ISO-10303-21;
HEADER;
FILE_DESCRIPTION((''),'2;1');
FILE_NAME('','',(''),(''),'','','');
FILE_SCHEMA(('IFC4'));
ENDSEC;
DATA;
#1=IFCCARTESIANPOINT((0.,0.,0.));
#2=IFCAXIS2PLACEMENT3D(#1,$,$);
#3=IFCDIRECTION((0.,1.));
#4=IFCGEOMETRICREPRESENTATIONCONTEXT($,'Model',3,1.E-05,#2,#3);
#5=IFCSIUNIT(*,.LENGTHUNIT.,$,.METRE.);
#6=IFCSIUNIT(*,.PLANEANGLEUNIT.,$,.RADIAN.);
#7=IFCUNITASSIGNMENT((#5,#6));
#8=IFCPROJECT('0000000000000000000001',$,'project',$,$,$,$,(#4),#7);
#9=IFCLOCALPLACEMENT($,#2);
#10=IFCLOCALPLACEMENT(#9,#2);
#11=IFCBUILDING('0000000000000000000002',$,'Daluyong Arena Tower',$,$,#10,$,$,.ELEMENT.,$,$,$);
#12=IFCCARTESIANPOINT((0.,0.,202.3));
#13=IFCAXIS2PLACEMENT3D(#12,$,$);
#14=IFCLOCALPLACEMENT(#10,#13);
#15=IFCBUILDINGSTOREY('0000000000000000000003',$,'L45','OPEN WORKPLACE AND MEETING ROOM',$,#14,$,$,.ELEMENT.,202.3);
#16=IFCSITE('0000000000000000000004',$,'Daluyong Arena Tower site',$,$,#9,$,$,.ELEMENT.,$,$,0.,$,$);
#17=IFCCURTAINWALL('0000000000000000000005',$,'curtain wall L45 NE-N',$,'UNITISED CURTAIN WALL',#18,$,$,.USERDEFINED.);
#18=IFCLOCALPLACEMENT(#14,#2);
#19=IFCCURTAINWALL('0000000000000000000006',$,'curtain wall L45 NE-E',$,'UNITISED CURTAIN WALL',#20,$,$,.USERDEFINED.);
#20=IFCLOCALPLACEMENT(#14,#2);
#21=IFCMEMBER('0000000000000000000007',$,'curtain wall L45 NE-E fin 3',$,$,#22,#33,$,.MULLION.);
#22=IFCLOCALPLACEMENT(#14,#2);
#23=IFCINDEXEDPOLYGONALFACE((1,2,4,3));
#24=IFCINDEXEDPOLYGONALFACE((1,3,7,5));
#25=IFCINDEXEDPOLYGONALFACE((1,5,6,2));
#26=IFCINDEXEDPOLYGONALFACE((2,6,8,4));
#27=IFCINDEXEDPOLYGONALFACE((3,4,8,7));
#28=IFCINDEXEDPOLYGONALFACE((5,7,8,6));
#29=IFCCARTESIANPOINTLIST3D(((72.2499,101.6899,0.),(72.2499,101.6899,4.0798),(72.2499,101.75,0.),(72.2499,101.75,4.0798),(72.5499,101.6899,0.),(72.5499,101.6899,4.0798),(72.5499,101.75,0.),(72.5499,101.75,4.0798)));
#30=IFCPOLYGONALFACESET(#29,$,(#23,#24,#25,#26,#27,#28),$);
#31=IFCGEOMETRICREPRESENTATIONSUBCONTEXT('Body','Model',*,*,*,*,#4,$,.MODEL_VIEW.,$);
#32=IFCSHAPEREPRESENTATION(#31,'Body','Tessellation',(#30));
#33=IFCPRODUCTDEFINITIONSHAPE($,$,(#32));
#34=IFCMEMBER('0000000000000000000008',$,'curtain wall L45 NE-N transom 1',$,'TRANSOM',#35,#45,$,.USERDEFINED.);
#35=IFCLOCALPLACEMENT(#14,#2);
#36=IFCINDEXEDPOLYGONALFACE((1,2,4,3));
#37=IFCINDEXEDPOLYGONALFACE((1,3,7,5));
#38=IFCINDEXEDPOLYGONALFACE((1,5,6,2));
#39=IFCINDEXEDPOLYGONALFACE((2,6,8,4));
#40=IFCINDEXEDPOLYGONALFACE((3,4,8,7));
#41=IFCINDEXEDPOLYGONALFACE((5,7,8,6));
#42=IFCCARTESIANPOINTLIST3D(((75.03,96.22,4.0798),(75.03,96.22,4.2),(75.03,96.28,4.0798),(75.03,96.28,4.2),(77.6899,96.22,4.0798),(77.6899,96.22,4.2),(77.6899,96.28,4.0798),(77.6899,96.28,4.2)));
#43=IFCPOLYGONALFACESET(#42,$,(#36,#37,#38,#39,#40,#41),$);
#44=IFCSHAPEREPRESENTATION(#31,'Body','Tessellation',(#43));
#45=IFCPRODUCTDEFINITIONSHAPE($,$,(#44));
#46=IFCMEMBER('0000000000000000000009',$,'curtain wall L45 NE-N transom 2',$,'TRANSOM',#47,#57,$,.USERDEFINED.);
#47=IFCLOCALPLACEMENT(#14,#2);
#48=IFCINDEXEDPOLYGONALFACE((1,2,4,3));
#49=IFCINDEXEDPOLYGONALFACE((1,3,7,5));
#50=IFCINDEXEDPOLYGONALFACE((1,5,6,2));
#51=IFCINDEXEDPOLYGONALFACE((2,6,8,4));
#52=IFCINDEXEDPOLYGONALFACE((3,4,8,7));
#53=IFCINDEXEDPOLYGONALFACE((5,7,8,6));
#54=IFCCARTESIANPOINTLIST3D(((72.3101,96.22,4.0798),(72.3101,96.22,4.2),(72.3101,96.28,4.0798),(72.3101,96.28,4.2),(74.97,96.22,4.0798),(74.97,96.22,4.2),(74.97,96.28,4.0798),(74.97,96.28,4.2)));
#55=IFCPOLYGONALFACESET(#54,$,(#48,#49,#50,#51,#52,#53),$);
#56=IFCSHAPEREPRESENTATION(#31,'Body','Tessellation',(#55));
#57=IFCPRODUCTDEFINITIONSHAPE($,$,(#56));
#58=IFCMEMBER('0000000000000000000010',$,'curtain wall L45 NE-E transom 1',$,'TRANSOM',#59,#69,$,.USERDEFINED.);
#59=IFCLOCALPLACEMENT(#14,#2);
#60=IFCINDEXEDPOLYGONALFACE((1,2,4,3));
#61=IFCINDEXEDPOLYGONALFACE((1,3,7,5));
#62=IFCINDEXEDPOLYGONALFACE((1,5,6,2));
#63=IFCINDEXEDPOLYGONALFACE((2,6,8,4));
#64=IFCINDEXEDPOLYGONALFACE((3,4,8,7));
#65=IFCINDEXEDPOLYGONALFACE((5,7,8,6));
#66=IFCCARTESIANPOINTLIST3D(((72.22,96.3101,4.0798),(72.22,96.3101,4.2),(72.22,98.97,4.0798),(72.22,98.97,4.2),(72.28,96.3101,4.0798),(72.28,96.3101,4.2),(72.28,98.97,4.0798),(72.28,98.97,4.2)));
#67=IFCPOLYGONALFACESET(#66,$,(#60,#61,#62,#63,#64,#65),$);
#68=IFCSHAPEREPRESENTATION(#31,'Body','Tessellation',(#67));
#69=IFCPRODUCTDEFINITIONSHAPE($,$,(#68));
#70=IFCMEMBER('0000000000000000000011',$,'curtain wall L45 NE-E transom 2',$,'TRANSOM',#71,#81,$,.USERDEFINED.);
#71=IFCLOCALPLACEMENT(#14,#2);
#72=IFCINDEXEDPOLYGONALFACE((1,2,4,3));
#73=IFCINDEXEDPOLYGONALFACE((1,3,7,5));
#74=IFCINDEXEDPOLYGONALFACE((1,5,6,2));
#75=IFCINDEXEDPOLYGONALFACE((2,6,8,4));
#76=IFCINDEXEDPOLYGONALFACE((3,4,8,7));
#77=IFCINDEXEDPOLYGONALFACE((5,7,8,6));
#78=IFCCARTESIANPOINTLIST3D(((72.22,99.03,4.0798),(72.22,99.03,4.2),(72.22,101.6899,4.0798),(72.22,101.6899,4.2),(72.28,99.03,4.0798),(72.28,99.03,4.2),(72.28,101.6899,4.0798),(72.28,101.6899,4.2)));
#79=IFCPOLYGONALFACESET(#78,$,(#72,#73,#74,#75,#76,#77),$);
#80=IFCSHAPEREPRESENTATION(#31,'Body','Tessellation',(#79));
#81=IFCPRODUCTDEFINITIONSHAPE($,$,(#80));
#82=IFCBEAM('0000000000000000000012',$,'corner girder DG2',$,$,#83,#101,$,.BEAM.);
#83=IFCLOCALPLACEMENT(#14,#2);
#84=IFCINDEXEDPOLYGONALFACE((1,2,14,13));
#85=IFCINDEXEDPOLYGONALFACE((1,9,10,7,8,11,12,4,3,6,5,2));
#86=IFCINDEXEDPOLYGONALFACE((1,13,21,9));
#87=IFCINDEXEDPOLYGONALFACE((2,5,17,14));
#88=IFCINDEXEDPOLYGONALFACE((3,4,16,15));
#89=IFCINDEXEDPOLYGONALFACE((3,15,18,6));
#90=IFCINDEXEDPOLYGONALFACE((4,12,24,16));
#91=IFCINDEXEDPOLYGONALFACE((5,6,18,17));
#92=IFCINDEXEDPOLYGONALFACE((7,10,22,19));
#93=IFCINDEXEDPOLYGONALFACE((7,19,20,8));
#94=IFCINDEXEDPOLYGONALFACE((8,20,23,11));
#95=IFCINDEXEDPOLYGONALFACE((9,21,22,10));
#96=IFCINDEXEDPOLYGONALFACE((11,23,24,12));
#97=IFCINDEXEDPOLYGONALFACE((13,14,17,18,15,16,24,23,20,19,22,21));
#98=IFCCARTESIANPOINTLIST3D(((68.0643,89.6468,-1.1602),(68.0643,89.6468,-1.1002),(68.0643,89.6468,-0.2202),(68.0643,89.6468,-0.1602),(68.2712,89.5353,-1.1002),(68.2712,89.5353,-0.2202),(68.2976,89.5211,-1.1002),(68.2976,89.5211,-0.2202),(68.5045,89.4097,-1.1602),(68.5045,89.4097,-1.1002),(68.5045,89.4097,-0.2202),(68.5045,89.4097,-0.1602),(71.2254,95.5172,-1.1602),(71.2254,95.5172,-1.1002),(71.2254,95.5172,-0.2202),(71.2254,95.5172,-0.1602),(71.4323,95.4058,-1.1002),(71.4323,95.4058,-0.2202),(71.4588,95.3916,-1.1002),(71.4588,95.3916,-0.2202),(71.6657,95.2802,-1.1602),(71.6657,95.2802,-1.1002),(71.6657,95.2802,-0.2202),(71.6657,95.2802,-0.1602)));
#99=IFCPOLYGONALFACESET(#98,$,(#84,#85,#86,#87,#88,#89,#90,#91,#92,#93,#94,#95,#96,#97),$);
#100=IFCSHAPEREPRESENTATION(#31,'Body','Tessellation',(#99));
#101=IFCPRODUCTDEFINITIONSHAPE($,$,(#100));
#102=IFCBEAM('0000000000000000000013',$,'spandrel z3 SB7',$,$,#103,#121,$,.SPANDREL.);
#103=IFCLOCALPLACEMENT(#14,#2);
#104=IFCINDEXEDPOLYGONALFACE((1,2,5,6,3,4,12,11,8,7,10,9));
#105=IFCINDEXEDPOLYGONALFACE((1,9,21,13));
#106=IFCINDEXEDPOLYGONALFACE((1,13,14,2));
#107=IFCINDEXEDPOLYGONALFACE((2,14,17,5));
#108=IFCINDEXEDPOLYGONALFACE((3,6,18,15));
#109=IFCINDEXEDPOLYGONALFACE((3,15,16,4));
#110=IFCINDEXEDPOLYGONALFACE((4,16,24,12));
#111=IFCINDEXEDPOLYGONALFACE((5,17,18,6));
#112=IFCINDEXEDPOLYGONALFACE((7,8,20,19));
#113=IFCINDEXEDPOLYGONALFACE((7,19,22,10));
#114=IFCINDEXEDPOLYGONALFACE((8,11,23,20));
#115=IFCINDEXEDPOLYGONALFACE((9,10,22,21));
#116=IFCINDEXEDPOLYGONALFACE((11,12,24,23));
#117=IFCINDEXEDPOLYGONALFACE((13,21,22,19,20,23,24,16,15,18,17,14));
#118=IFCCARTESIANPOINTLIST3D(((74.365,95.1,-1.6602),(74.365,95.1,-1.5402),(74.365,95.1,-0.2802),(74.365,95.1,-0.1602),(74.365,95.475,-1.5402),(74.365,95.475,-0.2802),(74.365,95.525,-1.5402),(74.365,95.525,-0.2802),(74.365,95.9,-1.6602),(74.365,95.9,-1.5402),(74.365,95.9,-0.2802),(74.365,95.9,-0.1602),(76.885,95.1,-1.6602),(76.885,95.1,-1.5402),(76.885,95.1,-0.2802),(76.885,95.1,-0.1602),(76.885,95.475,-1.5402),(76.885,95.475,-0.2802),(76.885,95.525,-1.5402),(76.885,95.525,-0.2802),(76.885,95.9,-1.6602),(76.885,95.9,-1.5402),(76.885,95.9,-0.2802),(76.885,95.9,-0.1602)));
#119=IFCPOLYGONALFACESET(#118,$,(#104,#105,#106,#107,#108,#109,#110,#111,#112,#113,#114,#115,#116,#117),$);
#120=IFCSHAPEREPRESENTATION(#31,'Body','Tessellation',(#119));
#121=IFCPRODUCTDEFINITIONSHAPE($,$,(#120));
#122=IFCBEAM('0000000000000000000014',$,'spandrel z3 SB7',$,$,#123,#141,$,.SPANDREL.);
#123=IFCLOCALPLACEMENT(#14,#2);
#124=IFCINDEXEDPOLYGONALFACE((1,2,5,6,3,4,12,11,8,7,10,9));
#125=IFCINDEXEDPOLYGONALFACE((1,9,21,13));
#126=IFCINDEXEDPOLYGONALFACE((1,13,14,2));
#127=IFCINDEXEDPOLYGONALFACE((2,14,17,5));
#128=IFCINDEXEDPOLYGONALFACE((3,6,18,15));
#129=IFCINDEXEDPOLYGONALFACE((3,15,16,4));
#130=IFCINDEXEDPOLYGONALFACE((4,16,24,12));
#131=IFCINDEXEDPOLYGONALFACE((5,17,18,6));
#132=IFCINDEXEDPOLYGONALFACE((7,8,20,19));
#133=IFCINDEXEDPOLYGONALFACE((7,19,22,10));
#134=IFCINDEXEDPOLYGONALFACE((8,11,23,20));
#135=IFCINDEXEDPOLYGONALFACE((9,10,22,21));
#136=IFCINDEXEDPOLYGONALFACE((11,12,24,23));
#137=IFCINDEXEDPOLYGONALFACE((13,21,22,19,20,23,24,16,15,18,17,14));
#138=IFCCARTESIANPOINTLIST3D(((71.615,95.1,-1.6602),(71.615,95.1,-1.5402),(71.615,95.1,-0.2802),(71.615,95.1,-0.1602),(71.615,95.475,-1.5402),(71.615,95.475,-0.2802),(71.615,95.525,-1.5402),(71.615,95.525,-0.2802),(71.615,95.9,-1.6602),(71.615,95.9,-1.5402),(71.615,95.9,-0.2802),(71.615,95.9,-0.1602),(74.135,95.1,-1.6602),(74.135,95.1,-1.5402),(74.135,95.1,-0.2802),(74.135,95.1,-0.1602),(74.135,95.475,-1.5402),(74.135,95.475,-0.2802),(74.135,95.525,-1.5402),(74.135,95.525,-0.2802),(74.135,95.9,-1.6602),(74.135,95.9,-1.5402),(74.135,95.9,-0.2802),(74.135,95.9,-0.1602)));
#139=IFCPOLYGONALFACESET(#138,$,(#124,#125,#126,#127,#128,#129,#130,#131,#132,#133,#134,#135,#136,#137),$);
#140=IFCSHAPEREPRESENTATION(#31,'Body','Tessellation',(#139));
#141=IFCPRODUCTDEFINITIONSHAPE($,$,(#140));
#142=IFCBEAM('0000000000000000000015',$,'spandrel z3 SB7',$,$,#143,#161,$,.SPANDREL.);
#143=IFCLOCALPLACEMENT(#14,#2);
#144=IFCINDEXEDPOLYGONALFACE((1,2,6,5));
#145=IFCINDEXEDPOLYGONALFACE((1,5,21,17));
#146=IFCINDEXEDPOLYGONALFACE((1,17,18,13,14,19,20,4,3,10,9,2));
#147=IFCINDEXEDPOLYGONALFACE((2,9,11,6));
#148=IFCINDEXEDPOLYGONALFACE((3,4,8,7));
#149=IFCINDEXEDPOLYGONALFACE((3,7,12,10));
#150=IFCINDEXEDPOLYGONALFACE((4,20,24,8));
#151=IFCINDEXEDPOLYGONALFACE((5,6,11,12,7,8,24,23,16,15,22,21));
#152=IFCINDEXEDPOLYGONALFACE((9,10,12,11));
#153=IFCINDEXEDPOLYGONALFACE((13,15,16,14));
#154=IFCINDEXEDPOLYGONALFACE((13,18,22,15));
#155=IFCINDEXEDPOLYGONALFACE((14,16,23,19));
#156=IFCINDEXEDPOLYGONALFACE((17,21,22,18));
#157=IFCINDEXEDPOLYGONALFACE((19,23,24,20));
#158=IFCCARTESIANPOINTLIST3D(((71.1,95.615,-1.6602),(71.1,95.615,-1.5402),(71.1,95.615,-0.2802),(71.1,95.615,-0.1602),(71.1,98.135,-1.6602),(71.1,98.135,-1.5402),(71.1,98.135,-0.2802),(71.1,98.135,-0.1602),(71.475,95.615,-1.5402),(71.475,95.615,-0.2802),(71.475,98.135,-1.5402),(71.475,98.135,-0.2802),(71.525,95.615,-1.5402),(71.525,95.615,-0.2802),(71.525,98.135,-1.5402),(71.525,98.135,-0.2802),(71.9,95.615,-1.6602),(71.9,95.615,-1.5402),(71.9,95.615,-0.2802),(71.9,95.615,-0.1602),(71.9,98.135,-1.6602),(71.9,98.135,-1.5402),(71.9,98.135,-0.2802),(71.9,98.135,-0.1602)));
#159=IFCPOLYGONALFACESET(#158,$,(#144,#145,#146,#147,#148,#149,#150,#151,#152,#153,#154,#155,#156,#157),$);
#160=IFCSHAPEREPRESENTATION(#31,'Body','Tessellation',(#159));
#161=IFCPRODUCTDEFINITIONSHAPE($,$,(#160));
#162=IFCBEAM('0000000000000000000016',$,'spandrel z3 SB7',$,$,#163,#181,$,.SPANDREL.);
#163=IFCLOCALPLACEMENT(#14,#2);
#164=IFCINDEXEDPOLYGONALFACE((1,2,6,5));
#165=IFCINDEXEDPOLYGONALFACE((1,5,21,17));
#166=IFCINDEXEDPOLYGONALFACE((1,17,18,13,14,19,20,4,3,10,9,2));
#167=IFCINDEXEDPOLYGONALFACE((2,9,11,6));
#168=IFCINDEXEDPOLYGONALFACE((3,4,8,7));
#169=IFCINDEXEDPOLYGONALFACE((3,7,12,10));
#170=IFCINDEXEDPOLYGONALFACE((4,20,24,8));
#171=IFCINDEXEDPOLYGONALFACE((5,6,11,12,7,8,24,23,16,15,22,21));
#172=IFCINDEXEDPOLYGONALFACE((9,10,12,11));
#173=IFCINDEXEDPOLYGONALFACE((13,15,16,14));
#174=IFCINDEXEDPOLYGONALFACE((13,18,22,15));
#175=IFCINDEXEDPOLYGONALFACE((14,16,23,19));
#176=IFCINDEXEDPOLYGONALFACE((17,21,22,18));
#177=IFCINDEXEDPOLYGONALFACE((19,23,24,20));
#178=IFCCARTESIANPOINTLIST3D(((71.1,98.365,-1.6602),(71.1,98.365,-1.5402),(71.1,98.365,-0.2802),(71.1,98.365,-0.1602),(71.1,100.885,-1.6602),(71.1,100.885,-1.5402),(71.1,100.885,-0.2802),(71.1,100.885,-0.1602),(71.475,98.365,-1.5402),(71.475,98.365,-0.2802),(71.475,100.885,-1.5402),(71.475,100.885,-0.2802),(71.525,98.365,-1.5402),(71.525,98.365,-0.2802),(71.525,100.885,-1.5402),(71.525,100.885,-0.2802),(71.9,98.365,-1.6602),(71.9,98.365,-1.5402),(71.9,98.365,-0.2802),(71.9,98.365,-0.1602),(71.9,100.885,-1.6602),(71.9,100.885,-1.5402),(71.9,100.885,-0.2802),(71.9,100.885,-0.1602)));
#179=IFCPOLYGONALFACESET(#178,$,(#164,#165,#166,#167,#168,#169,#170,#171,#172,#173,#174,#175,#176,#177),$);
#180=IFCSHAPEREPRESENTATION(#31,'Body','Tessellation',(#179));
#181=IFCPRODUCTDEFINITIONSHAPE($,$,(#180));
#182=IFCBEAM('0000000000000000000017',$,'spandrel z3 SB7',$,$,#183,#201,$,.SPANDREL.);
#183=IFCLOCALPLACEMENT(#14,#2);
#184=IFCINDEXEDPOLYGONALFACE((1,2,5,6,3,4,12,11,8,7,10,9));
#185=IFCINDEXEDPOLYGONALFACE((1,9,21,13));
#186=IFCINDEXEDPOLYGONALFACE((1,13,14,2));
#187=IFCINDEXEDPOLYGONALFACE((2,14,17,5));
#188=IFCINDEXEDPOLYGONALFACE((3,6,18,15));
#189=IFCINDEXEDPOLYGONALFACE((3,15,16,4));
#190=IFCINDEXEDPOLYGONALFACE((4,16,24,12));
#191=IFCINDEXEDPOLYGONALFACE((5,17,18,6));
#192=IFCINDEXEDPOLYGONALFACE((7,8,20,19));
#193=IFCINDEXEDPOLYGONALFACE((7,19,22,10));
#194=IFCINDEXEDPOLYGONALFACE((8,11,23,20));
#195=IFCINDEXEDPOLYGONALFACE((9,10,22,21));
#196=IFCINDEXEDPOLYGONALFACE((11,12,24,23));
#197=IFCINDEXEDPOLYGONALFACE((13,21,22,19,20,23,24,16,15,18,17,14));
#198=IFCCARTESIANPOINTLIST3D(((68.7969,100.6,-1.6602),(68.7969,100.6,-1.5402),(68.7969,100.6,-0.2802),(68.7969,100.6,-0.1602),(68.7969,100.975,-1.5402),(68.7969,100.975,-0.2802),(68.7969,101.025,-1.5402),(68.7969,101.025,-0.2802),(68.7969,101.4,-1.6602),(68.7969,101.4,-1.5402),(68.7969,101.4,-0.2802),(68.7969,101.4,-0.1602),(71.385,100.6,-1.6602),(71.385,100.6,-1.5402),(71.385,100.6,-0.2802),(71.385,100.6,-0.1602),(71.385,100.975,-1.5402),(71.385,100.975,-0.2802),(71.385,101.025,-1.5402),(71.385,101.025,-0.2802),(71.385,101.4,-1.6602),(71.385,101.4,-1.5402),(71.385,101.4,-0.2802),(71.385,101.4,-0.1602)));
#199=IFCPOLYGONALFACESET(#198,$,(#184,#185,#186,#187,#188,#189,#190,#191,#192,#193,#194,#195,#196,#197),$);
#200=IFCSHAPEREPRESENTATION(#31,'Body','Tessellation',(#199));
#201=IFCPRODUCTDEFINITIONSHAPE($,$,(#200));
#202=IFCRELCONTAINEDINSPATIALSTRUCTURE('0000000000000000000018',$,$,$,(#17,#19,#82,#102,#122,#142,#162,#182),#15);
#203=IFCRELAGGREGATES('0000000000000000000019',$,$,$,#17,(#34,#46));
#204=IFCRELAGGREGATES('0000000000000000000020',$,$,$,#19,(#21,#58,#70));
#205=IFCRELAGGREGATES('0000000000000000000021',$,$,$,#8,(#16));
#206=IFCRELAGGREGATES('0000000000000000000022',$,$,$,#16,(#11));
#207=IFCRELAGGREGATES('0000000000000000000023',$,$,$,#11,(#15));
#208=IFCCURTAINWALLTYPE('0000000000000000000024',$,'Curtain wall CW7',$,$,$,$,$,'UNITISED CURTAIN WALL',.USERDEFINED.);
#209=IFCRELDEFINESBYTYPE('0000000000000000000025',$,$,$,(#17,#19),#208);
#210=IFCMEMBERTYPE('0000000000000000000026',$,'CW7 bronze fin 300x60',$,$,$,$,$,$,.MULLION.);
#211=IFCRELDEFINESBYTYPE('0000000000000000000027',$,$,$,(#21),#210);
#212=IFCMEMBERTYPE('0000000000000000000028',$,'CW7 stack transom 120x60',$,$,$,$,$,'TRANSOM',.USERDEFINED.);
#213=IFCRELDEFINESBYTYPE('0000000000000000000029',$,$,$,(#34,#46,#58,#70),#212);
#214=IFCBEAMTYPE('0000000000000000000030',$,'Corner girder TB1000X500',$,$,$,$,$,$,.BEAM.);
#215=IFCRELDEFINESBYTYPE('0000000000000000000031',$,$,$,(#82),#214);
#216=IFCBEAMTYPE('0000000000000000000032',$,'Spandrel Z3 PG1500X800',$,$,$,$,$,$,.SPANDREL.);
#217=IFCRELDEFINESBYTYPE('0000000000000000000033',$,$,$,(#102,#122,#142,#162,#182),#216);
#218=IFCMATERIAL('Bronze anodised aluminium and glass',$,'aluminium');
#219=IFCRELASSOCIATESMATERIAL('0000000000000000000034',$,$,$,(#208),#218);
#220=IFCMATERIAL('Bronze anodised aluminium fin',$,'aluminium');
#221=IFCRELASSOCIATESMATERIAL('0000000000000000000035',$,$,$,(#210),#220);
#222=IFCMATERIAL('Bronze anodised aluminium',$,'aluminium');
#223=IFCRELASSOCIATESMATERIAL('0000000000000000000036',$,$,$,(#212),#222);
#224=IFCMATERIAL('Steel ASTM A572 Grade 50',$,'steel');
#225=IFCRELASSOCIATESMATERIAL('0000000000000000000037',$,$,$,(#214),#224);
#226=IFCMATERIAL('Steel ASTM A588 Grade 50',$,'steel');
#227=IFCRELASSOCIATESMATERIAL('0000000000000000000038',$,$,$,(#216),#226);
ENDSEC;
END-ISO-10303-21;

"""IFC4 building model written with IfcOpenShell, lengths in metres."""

from ifc_helpers import new_model, si_unit, direction, frame, origin, origin_2d, place, context, subcontext, project, spatial, rectangle, i_section, extrude, material, material_profile, profile_set, type_object, element, aggregate, save


model = new_model("IFC4")

# Units and contexts
model_context = context("Model", 3, precision=1e-05, world=origin(), true_north=direction((0.0, 1.0)))
body_context = subcontext(model_context, "Body", "Model", "MODEL_VIEW")
ifc_project = project(units=[si_unit("LENGTHUNIT", "METRE"), si_unit("PLANEANGLEUNIT", "RADIAN")], contexts=[model_context])

# Site, building, storey
site_placement = place(None, origin())
site = spatial("IfcSite", under=ifc_project, at=site_placement, Name="Daluyong Arena Tower site", CompositionType="ELEMENT", RefElevation=0.0)
building_placement = place(site_placement, origin())
building = spatial("IfcBuilding", under=site, at=building_placement, Name="Daluyong Arena Tower", CompositionType="ELEMENT")
storey_placement = place(building_placement, frame((0.0, 0.0, 202.3)))
storey = spatial("IfcBuildingStorey", under=building, at=storey_placement, Name="L45", Description="OPEN WORKPLACE AND MEETING ROOM", CompositionType="ELEMENT", Elevation=202.3)

# Curtain walls, member
ifc_material_1 = material(Name="Bronze anodised aluminium and glass", Category="aluminium")
curtain_wall_type_1 = type_object("IfcCurtainWallType", Name="Curtain wall CW7", ElementType="UNITISED CURTAIN WALL", PredefinedType="USERDEFINED", material=ifc_material_1)
curtain_wall_1_placement = place(storey_placement, origin())
curtain_wall_1 = element("IfcCurtainWall", 1, at=curtain_wall_1_placement, inside=storey, type_object=curtain_wall_type_1, Name="curtain wall L45 NE-N", ObjectType="UNITISED CURTAIN WALL", PredefinedType="USERDEFINED")
ifc_material_2 = material(Name="Bronze anodised aluminium fin", Category="aluminium")
ifc_material_profile_1 = material_profile(ifc_material_2, rectangle(XDim=0.3, YDim=0.0601, at=origin_2d()))
ifc_profile_set_1 = profile_set([ifc_material_profile_1], Name="Bronze anodised aluminium fin")
member_type_1 = type_object("IfcMemberType", Name="CW7 bronze fin 300x60", PredefinedType="MULLION", material=ifc_profile_set_1)
curtain_wall_2_placement = place(storey_placement, origin())
curtain_wall_2 = element("IfcCurtainWall", 2, at=curtain_wall_2_placement, inside=storey, type_object=curtain_wall_type_1, Name="curtain wall L45 NE-E", ObjectType="UNITISED CURTAIN WALL", PredefinedType="USERDEFINED")
member_1_placement = place(storey_placement, frame((72.3999, 101.72, 0.0), z_axis=(0.0, 0.0, 1.0), x_axis=(-1.0, 0.0, 0.0)))
member_1 = element("IfcMember", 3, at=member_1_placement, type_object=member_type_1, Name="curtain wall L45 NE-E fin 3", PredefinedType="MULLION", context=body_context, shape_type="SweptSolid", body=[
    extrude(rectangle(XDim=0.3, YDim=0.0601, at=origin_2d()), origin(), (0.0, 0.0, 1.0), 4.0798),
])

# Members
ifc_material_3 = material(Name="Bronze anodised aluminium", Category="aluminium")
ifc_material_profile_2 = material_profile(ifc_material_3, rectangle(XDim=0.0601, YDim=0.1201, at=origin_2d()))
ifc_profile_set_2 = profile_set([ifc_material_profile_2], Name="Bronze anodised aluminium")
member_type_2 = type_object("IfcMemberType", Name="CW7 stack transom 120x60", ElementType="TRANSOM", PredefinedType="USERDEFINED", material=ifc_profile_set_2)
member_2_placement = place(storey_placement, frame((77.6899, 96.25, 4.1399), z_axis=(-1.0, 0.0, 0.0), x_axis=(0.0, -1.0, 0.0)))
member_2 = element("IfcMember", 4, at=member_2_placement, type_object=member_type_2, Name="curtain wall L45 NE-N transom 1", ObjectType="TRANSOM", PredefinedType="USERDEFINED", context=body_context, shape_type="SweptSolid", body=[
    extrude(rectangle(XDim=0.0601, YDim=0.1201, at=origin_2d()), origin(), (0.0, 0.0, 1.0), 2.6599),
])
member_3_placement = place(storey_placement, frame((74.97, 96.25, 4.1399), z_axis=(-1.0, 0.0, 0.0), x_axis=(0.0, -1.0, 0.0)))
member_3 = element("IfcMember", 5, at=member_3_placement, type_object=member_type_2, Name="curtain wall L45 NE-N transom 2", ObjectType="TRANSOM", PredefinedType="USERDEFINED", context=body_context, shape_type="SweptSolid", body=[
    extrude(rectangle(XDim=0.0601, YDim=0.1201, at=origin_2d()), origin(), (0.0, 0.0, 1.0), 2.6599),
])
member_4_placement = place(storey_placement, frame((72.25, 96.3101, 4.1399), z_axis=(0.0, 1.0, 0.0), x_axis=(-1.0, 0.0, 0.0)))
member_4 = element("IfcMember", 6, at=member_4_placement, type_object=member_type_2, Name="curtain wall L45 NE-E transom 1", ObjectType="TRANSOM", PredefinedType="USERDEFINED", context=body_context, shape_type="SweptSolid", body=[
    extrude(rectangle(XDim=0.0601, YDim=0.1201, at=origin_2d()), origin(), (0.0, 0.0, 1.0), 2.6599),
])
member_5_placement = place(storey_placement, frame((72.25, 99.03, 4.1399), z_axis=(0.0, 1.0, 0.0), x_axis=(-1.0, 0.0, 0.0)))
member_5 = element("IfcMember", 7, at=member_5_placement, type_object=member_type_2, Name="curtain wall L45 NE-E transom 2", ObjectType="TRANSOM", PredefinedType="USERDEFINED", context=body_context, shape_type="SweptSolid", body=[
    extrude(rectangle(XDim=0.0601, YDim=0.1201, at=origin_2d()), origin(), (0.0, 0.0, 1.0), 2.6599),
])

# Beams
ifc_material_4 = material(Name="Steel ASTM A572 Grade 50", Category="steel")
ifc_material_profile_3 = material_profile(ifc_material_4, i_section(OverallWidth=0.5, OverallDepth=1.0, WebThickness=0.03, FlangeThickness=0.06, at=origin_2d()))
ifc_profile_set_3 = profile_set([ifc_material_profile_3], Name="Steel ASTM A572 Grade 50")
beam_type_1 = type_object("IfcBeamType", Name="Corner girder TB1000X500", PredefinedType="BEAM", material=ifc_profile_set_3)
beam_1_placement = place(storey_placement, frame((71.4456, 95.3987, -0.6602), z_axis=(-0.474119, -0.880461, 0.0), x_axis=(0.880461, -0.474119, 0.0)))
element("IfcBeam", 8, at=beam_1_placement, inside=storey, type_object=beam_type_1, Name="corner girder DG2", PredefinedType="BEAM", context=body_context, shape_type="SweptSolid", body=[
    extrude(i_section(OverallWidth=0.5, OverallDepth=1.0, WebThickness=0.03, FlangeThickness=0.06, at=origin_2d()), origin(), (0.0, 0.0, 1.0), 6.6675),
])
ifc_material_5 = material(Name="Steel ASTM A588 Grade 50", Category="steel")
ifc_material_profile_4 = material_profile(ifc_material_5, i_section(OverallWidth=0.8, OverallDepth=1.5, WebThickness=0.05, FlangeThickness=0.12, at=origin_2d()))
ifc_profile_set_4 = profile_set([ifc_material_profile_4], Name="Steel ASTM A588 Grade 50")
beam_type_2 = type_object("IfcBeamType", Name="Spandrel Z3 PG1500X800", PredefinedType="SPANDREL", material=ifc_profile_set_4)
for number, where, z_axis, x_axis, name in (
    (9, (76.885, 95.5, -0.9102), (-1.0, 0.0, 0.0), (0.0, -1.0, 0.0), "spandrel z3 SB7"),
    (10, (74.135, 95.5, -0.9102), (-1.0, 0.0, 0.0), (0.0, -1.0, 0.0), "spandrel z3 SB7"),
    (11, (71.5, 95.615, -0.9102), (0.0, 1.0, 0.0), (-1.0, 0.0, 0.0), "spandrel z3 SB7"),
    (12, (71.5, 98.365, -0.9102), (0.0, 1.0, 0.0), (-1.0, 0.0, 0.0), "spandrel z3 SB7"),
):
    element("IfcBeam", number, at=place(storey_placement, frame(where, z_axis=z_axis, x_axis=x_axis)), inside=storey, type_object=beam_type_2, Name=name, PredefinedType="SPANDREL", context=body_context, shape_type="SweptSolid", body=[
        extrude(i_section(OverallWidth=0.8, OverallDepth=1.5, WebThickness=0.05, FlangeThickness=0.12, at=origin_2d()), origin(), (0.0, 0.0, 1.0), 2.52),
    ])
beam_2_placement = place(storey_placement, frame((71.385, 101.0, -0.9102), z_axis=(-1.0, 0.0, 0.0), x_axis=(0.0, -1.0, 0.0)))
element("IfcBeam", 13, at=beam_2_placement, inside=storey, type_object=beam_type_2, Name="spandrel z3 SB7", PredefinedType="SPANDREL", context=body_context, shape_type="SweptSolid", body=[
    extrude(i_section(OverallWidth=0.8, OverallDepth=1.5, WebThickness=0.05, FlangeThickness=0.12, at=origin_2d()), origin(), (0.0, 0.0, 1.0), 2.5881),
])

aggregate(curtain_wall_1, [member_2, member_3])
aggregate(curtain_wall_2, [member_1, member_4, member_5])

save(model, "model.ifc")
